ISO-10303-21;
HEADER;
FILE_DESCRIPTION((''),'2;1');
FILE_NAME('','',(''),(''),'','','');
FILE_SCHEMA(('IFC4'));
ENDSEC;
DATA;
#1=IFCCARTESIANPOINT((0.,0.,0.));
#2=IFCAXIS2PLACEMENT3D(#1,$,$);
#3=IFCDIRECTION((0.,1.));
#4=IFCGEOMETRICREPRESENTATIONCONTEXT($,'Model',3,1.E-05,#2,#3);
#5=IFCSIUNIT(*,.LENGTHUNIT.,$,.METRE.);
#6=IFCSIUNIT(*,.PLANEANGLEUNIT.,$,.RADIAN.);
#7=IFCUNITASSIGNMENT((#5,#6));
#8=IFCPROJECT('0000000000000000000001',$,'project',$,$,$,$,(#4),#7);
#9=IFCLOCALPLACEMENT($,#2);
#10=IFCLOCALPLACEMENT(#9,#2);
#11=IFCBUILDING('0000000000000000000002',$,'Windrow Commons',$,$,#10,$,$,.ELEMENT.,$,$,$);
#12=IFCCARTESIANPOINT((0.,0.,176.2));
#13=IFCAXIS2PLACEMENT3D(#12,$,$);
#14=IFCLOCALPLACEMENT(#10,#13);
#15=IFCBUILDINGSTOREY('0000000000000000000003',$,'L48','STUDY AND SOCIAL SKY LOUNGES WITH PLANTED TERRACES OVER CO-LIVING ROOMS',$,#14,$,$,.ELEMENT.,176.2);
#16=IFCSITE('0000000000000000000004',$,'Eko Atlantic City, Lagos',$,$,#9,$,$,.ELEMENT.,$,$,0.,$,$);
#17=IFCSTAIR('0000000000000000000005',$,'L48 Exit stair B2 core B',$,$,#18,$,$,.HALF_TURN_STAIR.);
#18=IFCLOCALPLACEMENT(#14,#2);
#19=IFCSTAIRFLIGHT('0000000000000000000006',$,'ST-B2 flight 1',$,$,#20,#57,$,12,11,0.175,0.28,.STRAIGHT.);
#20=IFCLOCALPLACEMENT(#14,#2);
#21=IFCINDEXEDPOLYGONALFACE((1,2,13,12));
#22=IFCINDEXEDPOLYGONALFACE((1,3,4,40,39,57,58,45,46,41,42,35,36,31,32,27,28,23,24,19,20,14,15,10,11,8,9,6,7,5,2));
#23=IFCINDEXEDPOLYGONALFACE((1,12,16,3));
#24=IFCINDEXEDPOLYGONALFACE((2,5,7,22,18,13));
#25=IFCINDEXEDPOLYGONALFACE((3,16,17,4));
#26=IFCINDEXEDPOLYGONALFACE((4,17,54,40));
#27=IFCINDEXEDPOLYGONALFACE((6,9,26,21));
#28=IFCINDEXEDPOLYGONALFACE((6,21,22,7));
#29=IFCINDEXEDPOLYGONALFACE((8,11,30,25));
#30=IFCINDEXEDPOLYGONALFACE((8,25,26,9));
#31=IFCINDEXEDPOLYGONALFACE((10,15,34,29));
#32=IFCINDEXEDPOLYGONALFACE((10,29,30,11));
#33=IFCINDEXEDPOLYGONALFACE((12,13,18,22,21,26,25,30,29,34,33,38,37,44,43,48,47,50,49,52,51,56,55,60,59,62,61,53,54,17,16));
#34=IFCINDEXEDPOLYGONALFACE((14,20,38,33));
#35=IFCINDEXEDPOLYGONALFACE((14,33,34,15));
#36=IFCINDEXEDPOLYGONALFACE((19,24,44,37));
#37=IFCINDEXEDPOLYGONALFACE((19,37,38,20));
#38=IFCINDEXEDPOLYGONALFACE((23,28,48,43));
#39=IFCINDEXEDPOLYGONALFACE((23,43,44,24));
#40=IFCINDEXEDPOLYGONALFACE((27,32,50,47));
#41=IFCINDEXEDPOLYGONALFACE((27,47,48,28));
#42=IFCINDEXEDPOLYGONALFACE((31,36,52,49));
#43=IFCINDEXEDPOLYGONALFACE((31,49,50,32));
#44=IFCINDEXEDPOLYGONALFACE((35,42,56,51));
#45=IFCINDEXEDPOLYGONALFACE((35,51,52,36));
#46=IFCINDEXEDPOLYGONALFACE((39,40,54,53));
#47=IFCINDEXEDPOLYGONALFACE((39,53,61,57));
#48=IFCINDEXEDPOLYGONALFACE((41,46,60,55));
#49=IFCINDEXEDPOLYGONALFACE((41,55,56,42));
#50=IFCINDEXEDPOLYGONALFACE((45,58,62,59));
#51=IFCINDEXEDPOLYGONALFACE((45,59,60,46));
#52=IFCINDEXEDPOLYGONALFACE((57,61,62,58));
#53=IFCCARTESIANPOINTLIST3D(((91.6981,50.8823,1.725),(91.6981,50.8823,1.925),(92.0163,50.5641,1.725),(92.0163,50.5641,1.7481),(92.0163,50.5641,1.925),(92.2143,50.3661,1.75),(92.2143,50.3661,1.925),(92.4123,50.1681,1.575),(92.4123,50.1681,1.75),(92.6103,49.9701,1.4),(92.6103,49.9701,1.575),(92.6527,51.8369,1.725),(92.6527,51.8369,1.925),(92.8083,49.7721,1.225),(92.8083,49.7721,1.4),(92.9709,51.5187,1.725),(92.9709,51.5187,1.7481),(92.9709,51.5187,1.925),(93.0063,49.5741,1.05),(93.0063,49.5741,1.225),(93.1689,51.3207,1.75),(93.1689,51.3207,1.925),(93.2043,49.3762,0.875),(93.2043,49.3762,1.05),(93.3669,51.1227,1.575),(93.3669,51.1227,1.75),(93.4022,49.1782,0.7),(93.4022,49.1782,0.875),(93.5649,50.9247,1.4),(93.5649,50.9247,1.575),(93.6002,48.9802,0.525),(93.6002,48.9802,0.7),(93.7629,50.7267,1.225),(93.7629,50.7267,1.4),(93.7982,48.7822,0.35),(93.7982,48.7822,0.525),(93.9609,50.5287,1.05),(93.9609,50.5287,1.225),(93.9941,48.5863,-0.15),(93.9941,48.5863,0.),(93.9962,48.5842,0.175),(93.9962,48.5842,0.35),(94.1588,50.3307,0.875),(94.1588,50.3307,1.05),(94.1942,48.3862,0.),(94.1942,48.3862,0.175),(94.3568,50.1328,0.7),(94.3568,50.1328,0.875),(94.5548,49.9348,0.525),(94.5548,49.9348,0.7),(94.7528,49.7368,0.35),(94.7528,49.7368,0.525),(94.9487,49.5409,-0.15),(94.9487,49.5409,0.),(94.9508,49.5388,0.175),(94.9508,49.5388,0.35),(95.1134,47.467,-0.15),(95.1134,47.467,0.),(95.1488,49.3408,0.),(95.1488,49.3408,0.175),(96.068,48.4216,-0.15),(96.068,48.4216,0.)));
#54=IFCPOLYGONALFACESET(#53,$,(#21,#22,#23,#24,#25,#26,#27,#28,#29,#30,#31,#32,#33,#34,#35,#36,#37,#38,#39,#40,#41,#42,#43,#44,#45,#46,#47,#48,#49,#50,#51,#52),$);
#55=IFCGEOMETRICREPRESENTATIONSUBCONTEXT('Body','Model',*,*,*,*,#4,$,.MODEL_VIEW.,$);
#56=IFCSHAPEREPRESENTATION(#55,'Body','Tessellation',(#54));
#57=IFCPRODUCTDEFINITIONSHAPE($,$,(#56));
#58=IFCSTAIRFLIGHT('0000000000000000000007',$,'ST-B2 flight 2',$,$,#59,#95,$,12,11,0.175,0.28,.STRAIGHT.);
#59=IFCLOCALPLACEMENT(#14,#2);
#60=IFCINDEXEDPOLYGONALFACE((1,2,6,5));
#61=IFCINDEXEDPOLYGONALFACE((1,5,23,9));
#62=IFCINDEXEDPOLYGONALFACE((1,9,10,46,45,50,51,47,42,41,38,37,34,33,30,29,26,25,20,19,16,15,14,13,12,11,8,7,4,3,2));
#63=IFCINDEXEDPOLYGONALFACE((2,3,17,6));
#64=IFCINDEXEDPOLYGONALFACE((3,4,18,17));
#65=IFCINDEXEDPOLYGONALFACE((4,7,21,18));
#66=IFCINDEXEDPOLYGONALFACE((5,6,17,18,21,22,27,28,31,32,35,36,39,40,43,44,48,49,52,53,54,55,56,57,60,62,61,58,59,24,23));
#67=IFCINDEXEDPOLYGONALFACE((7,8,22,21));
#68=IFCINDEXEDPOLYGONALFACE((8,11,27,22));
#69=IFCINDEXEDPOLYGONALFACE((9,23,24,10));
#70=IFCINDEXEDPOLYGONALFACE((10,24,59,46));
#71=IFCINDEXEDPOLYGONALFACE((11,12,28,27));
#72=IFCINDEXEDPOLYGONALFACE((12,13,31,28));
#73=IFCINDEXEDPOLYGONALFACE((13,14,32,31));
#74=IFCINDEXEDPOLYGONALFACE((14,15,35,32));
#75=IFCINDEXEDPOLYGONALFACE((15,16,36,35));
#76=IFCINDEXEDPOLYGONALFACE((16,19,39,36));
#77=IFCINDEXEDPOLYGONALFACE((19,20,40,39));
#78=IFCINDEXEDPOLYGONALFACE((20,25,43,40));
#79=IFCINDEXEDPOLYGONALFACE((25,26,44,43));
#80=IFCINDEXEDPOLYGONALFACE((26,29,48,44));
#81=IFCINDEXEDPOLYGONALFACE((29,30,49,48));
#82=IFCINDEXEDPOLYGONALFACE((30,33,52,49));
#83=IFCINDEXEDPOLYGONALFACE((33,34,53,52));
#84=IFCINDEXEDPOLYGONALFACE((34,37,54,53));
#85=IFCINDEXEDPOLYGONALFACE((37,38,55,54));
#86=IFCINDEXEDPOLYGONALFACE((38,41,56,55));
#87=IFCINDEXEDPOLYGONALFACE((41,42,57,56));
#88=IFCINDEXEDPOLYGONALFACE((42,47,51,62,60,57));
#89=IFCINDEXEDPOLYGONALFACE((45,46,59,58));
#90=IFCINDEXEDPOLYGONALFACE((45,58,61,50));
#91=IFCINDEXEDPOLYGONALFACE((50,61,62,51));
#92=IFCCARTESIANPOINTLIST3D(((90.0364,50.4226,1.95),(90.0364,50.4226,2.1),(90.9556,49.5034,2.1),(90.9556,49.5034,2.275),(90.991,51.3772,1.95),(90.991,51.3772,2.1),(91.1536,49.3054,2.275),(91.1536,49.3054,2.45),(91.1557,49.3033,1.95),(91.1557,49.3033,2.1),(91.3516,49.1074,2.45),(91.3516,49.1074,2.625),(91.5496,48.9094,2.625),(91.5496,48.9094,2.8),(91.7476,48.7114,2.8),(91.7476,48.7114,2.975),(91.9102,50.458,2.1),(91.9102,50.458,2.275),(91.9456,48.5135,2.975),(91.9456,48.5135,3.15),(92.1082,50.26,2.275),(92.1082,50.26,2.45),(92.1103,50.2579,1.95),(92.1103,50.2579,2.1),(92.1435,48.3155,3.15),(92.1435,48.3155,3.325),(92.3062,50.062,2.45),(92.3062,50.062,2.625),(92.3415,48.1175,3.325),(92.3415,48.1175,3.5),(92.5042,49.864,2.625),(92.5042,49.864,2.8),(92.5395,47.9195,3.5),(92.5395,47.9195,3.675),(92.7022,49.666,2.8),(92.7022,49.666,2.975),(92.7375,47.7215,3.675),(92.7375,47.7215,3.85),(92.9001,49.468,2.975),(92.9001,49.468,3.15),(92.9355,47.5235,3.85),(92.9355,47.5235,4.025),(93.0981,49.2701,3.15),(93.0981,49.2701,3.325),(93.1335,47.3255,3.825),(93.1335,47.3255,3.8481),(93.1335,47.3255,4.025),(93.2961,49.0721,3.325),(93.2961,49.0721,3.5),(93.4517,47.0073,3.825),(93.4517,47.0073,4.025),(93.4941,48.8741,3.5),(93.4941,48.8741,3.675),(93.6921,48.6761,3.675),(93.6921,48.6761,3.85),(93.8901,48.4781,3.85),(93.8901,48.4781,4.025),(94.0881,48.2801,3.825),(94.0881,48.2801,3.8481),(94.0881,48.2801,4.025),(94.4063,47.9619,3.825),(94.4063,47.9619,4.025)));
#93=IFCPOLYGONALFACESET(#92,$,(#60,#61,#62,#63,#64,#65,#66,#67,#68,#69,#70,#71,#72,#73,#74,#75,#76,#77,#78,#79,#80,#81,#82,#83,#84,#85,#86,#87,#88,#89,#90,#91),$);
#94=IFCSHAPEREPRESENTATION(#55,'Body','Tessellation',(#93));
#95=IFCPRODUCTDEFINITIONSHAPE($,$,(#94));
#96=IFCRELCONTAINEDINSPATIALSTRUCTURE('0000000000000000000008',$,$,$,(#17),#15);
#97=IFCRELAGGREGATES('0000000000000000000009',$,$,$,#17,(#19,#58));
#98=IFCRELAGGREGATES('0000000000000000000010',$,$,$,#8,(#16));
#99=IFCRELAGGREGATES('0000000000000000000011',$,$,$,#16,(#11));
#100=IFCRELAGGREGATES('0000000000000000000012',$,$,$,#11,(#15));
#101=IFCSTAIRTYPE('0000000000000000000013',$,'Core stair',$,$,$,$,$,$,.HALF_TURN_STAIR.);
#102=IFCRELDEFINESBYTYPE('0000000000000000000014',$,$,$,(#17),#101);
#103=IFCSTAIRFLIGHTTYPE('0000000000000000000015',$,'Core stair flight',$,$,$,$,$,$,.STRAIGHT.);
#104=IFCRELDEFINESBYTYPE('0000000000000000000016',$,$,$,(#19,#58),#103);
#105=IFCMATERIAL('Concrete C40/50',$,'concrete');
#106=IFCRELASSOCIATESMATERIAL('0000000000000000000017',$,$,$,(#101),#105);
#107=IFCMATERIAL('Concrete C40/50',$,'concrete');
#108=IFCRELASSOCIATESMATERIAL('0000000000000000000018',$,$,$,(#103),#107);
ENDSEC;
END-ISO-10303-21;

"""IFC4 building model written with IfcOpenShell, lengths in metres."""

from ifc_helpers import new_model, si_unit, direction, frame, origin, place, context, subcontext, project, spatial, polyline, outline, extrude, material, type_object, element, aggregate, save


model = new_model("IFC4")

# Units and contexts
model_context = context("Model", 3, precision=1e-05, world=origin(), true_north=direction((0.0, 1.0)))
body_context = subcontext(model_context, "Body", "Model", "MODEL_VIEW")
ifc_project = project(units=[si_unit("LENGTHUNIT", "METRE"), si_unit("PLANEANGLEUNIT", "RADIAN")], contexts=[model_context])

# Site, building, storey
site_placement = place(None, origin())
site = spatial("IfcSite", under=ifc_project, at=site_placement, Name="Eko Atlantic City, Lagos", CompositionType="ELEMENT", RefElevation=0.0)
building_placement = place(site_placement, origin())
building = spatial("IfcBuilding", under=site, at=building_placement, Name="Windrow Commons", CompositionType="ELEMENT")
storey_placement = place(building_placement, frame((0.0, 0.0, 176.2)))
storey = spatial("IfcBuildingStorey", under=building, at=storey_placement, Name="L48", Description="STUDY AND SOCIAL SKY LOUNGES WITH PLANTED TERRACES OVER CO-LIVING ROOMS", CompositionType="ELEMENT", Elevation=176.2)

# Shared definitions
placement = place(storey_placement, origin())

# Stair, stair flights
ifc_material_1 = material(Name="Concrete C40/50", Category="concrete")
stair_type = type_object("IfcStairType", Name="Core stair", PredefinedType="HALF_TURN_STAIR", material=ifc_material_1)
stair = element("IfcStair", 1, at=placement, inside=storey, type_object=stair_type, Name="L48 Exit stair B2 core B", PredefinedType="HALF_TURN_STAIR")
ifc_material_2 = material(Name="Concrete C40/50", Category="concrete")
stair_flight_type = type_object("IfcStairFlightType", Name="Core stair flight", PredefinedType="STRAIGHT", material=ifc_material_2)
stair_flight_1_placement = place(storey_placement, frame((94.6715, 48.8635, 0.0), z_axis=(0.0, 0.0, 1.0), x_axis=(-0.707107, 0.707107, 0.0)))
stair_flight_1 = element("IfcStairFlight", 2, at=stair_flight_1_placement, type_object=stair_flight_type, Name="ST-B2 flight 1", NumberOfRisers=12, NumberOfTreads=11, PredefinedType="STRAIGHT", RiserHeight=0.175, TreadLength=0.28, context=body_context, shape_type="SweptSolid", body=[
    extrude(outline(polyline([(-1.3, -0.15), (-1.3, 0.0), (0.0, 0.0), (0.0, 0.175), (0.28, 0.175), (0.28, 0.35), (0.56, 0.35), (0.56, 0.525), (0.84, 0.525), (0.84, 0.7), (1.12, 0.7), (1.12, 0.875), (1.4, 0.875), (1.4, 1.05), (1.68, 1.05), (1.68, 1.225), (1.96, 1.225), (1.96, 1.4), (2.24, 1.4), (2.24, 1.575), (2.52, 1.575), (2.52, 1.75), (2.8, 1.75), (2.8, 1.925), (3.08, 1.925), (3.53, 1.925), (3.53, 1.725), (3.08, 1.725), (3.08, 1.7481), (0.283, 0.0), (0.283, -0.15), (-1.3, -0.15)])), frame((0.0, 0.675, 0.0), z_axis=(0.0, -1.0, 0.0), x_axis=(1.0, 0.0, 0.0)), (0.0, 0.0, 1.0), 1.35),
])
stair_flight_2_placement = place(storey_placement, frame((91.4329, 49.9807, 2.1), z_axis=(0.0, 0.0, 1.0), x_axis=(0.707107, -0.707107, 0.0)))
stair_flight_2 = element("IfcStairFlight", 3, at=stair_flight_2_placement, type_object=stair_flight_type, Name="ST-B2 flight 2", NumberOfRisers=12, NumberOfTreads=11, PredefinedType="STRAIGHT", RiserHeight=0.175, TreadLength=0.28, context=body_context, shape_type="SweptSolid", body=[
    extrude(outline(polyline([(-1.3, -0.15), (-1.3, 0.0), (0.0, 0.0), (0.0, 0.175), (0.28, 0.175), (0.28, 0.35), (0.56, 0.35), (0.56, 0.525), (0.84, 0.525), (0.84, 0.7), (1.12, 0.7), (1.12, 0.875), (1.4, 0.875), (1.4, 1.05), (1.68, 1.05), (1.68, 1.225), (1.96, 1.225), (1.96, 1.4), (2.24, 1.4), (2.24, 1.575), (2.52, 1.575), (2.52, 1.75), (2.8, 1.75), (2.8, 1.925), (3.08, 1.925), (3.53, 1.925), (3.53, 1.725), (3.08, 1.725), (3.08, 1.7481), (0.283, 0.0), (0.283, -0.15), (-1.3, -0.15)])), frame((0.0, 0.675, 0.0), z_axis=(0.0, -1.0, 0.0), x_axis=(1.0, 0.0, 0.0)), (0.0, 0.0, 1.0), 1.35),
])
aggregate(stair, [stair_flight_1, stair_flight_2])

save(model, "model.ifc")
